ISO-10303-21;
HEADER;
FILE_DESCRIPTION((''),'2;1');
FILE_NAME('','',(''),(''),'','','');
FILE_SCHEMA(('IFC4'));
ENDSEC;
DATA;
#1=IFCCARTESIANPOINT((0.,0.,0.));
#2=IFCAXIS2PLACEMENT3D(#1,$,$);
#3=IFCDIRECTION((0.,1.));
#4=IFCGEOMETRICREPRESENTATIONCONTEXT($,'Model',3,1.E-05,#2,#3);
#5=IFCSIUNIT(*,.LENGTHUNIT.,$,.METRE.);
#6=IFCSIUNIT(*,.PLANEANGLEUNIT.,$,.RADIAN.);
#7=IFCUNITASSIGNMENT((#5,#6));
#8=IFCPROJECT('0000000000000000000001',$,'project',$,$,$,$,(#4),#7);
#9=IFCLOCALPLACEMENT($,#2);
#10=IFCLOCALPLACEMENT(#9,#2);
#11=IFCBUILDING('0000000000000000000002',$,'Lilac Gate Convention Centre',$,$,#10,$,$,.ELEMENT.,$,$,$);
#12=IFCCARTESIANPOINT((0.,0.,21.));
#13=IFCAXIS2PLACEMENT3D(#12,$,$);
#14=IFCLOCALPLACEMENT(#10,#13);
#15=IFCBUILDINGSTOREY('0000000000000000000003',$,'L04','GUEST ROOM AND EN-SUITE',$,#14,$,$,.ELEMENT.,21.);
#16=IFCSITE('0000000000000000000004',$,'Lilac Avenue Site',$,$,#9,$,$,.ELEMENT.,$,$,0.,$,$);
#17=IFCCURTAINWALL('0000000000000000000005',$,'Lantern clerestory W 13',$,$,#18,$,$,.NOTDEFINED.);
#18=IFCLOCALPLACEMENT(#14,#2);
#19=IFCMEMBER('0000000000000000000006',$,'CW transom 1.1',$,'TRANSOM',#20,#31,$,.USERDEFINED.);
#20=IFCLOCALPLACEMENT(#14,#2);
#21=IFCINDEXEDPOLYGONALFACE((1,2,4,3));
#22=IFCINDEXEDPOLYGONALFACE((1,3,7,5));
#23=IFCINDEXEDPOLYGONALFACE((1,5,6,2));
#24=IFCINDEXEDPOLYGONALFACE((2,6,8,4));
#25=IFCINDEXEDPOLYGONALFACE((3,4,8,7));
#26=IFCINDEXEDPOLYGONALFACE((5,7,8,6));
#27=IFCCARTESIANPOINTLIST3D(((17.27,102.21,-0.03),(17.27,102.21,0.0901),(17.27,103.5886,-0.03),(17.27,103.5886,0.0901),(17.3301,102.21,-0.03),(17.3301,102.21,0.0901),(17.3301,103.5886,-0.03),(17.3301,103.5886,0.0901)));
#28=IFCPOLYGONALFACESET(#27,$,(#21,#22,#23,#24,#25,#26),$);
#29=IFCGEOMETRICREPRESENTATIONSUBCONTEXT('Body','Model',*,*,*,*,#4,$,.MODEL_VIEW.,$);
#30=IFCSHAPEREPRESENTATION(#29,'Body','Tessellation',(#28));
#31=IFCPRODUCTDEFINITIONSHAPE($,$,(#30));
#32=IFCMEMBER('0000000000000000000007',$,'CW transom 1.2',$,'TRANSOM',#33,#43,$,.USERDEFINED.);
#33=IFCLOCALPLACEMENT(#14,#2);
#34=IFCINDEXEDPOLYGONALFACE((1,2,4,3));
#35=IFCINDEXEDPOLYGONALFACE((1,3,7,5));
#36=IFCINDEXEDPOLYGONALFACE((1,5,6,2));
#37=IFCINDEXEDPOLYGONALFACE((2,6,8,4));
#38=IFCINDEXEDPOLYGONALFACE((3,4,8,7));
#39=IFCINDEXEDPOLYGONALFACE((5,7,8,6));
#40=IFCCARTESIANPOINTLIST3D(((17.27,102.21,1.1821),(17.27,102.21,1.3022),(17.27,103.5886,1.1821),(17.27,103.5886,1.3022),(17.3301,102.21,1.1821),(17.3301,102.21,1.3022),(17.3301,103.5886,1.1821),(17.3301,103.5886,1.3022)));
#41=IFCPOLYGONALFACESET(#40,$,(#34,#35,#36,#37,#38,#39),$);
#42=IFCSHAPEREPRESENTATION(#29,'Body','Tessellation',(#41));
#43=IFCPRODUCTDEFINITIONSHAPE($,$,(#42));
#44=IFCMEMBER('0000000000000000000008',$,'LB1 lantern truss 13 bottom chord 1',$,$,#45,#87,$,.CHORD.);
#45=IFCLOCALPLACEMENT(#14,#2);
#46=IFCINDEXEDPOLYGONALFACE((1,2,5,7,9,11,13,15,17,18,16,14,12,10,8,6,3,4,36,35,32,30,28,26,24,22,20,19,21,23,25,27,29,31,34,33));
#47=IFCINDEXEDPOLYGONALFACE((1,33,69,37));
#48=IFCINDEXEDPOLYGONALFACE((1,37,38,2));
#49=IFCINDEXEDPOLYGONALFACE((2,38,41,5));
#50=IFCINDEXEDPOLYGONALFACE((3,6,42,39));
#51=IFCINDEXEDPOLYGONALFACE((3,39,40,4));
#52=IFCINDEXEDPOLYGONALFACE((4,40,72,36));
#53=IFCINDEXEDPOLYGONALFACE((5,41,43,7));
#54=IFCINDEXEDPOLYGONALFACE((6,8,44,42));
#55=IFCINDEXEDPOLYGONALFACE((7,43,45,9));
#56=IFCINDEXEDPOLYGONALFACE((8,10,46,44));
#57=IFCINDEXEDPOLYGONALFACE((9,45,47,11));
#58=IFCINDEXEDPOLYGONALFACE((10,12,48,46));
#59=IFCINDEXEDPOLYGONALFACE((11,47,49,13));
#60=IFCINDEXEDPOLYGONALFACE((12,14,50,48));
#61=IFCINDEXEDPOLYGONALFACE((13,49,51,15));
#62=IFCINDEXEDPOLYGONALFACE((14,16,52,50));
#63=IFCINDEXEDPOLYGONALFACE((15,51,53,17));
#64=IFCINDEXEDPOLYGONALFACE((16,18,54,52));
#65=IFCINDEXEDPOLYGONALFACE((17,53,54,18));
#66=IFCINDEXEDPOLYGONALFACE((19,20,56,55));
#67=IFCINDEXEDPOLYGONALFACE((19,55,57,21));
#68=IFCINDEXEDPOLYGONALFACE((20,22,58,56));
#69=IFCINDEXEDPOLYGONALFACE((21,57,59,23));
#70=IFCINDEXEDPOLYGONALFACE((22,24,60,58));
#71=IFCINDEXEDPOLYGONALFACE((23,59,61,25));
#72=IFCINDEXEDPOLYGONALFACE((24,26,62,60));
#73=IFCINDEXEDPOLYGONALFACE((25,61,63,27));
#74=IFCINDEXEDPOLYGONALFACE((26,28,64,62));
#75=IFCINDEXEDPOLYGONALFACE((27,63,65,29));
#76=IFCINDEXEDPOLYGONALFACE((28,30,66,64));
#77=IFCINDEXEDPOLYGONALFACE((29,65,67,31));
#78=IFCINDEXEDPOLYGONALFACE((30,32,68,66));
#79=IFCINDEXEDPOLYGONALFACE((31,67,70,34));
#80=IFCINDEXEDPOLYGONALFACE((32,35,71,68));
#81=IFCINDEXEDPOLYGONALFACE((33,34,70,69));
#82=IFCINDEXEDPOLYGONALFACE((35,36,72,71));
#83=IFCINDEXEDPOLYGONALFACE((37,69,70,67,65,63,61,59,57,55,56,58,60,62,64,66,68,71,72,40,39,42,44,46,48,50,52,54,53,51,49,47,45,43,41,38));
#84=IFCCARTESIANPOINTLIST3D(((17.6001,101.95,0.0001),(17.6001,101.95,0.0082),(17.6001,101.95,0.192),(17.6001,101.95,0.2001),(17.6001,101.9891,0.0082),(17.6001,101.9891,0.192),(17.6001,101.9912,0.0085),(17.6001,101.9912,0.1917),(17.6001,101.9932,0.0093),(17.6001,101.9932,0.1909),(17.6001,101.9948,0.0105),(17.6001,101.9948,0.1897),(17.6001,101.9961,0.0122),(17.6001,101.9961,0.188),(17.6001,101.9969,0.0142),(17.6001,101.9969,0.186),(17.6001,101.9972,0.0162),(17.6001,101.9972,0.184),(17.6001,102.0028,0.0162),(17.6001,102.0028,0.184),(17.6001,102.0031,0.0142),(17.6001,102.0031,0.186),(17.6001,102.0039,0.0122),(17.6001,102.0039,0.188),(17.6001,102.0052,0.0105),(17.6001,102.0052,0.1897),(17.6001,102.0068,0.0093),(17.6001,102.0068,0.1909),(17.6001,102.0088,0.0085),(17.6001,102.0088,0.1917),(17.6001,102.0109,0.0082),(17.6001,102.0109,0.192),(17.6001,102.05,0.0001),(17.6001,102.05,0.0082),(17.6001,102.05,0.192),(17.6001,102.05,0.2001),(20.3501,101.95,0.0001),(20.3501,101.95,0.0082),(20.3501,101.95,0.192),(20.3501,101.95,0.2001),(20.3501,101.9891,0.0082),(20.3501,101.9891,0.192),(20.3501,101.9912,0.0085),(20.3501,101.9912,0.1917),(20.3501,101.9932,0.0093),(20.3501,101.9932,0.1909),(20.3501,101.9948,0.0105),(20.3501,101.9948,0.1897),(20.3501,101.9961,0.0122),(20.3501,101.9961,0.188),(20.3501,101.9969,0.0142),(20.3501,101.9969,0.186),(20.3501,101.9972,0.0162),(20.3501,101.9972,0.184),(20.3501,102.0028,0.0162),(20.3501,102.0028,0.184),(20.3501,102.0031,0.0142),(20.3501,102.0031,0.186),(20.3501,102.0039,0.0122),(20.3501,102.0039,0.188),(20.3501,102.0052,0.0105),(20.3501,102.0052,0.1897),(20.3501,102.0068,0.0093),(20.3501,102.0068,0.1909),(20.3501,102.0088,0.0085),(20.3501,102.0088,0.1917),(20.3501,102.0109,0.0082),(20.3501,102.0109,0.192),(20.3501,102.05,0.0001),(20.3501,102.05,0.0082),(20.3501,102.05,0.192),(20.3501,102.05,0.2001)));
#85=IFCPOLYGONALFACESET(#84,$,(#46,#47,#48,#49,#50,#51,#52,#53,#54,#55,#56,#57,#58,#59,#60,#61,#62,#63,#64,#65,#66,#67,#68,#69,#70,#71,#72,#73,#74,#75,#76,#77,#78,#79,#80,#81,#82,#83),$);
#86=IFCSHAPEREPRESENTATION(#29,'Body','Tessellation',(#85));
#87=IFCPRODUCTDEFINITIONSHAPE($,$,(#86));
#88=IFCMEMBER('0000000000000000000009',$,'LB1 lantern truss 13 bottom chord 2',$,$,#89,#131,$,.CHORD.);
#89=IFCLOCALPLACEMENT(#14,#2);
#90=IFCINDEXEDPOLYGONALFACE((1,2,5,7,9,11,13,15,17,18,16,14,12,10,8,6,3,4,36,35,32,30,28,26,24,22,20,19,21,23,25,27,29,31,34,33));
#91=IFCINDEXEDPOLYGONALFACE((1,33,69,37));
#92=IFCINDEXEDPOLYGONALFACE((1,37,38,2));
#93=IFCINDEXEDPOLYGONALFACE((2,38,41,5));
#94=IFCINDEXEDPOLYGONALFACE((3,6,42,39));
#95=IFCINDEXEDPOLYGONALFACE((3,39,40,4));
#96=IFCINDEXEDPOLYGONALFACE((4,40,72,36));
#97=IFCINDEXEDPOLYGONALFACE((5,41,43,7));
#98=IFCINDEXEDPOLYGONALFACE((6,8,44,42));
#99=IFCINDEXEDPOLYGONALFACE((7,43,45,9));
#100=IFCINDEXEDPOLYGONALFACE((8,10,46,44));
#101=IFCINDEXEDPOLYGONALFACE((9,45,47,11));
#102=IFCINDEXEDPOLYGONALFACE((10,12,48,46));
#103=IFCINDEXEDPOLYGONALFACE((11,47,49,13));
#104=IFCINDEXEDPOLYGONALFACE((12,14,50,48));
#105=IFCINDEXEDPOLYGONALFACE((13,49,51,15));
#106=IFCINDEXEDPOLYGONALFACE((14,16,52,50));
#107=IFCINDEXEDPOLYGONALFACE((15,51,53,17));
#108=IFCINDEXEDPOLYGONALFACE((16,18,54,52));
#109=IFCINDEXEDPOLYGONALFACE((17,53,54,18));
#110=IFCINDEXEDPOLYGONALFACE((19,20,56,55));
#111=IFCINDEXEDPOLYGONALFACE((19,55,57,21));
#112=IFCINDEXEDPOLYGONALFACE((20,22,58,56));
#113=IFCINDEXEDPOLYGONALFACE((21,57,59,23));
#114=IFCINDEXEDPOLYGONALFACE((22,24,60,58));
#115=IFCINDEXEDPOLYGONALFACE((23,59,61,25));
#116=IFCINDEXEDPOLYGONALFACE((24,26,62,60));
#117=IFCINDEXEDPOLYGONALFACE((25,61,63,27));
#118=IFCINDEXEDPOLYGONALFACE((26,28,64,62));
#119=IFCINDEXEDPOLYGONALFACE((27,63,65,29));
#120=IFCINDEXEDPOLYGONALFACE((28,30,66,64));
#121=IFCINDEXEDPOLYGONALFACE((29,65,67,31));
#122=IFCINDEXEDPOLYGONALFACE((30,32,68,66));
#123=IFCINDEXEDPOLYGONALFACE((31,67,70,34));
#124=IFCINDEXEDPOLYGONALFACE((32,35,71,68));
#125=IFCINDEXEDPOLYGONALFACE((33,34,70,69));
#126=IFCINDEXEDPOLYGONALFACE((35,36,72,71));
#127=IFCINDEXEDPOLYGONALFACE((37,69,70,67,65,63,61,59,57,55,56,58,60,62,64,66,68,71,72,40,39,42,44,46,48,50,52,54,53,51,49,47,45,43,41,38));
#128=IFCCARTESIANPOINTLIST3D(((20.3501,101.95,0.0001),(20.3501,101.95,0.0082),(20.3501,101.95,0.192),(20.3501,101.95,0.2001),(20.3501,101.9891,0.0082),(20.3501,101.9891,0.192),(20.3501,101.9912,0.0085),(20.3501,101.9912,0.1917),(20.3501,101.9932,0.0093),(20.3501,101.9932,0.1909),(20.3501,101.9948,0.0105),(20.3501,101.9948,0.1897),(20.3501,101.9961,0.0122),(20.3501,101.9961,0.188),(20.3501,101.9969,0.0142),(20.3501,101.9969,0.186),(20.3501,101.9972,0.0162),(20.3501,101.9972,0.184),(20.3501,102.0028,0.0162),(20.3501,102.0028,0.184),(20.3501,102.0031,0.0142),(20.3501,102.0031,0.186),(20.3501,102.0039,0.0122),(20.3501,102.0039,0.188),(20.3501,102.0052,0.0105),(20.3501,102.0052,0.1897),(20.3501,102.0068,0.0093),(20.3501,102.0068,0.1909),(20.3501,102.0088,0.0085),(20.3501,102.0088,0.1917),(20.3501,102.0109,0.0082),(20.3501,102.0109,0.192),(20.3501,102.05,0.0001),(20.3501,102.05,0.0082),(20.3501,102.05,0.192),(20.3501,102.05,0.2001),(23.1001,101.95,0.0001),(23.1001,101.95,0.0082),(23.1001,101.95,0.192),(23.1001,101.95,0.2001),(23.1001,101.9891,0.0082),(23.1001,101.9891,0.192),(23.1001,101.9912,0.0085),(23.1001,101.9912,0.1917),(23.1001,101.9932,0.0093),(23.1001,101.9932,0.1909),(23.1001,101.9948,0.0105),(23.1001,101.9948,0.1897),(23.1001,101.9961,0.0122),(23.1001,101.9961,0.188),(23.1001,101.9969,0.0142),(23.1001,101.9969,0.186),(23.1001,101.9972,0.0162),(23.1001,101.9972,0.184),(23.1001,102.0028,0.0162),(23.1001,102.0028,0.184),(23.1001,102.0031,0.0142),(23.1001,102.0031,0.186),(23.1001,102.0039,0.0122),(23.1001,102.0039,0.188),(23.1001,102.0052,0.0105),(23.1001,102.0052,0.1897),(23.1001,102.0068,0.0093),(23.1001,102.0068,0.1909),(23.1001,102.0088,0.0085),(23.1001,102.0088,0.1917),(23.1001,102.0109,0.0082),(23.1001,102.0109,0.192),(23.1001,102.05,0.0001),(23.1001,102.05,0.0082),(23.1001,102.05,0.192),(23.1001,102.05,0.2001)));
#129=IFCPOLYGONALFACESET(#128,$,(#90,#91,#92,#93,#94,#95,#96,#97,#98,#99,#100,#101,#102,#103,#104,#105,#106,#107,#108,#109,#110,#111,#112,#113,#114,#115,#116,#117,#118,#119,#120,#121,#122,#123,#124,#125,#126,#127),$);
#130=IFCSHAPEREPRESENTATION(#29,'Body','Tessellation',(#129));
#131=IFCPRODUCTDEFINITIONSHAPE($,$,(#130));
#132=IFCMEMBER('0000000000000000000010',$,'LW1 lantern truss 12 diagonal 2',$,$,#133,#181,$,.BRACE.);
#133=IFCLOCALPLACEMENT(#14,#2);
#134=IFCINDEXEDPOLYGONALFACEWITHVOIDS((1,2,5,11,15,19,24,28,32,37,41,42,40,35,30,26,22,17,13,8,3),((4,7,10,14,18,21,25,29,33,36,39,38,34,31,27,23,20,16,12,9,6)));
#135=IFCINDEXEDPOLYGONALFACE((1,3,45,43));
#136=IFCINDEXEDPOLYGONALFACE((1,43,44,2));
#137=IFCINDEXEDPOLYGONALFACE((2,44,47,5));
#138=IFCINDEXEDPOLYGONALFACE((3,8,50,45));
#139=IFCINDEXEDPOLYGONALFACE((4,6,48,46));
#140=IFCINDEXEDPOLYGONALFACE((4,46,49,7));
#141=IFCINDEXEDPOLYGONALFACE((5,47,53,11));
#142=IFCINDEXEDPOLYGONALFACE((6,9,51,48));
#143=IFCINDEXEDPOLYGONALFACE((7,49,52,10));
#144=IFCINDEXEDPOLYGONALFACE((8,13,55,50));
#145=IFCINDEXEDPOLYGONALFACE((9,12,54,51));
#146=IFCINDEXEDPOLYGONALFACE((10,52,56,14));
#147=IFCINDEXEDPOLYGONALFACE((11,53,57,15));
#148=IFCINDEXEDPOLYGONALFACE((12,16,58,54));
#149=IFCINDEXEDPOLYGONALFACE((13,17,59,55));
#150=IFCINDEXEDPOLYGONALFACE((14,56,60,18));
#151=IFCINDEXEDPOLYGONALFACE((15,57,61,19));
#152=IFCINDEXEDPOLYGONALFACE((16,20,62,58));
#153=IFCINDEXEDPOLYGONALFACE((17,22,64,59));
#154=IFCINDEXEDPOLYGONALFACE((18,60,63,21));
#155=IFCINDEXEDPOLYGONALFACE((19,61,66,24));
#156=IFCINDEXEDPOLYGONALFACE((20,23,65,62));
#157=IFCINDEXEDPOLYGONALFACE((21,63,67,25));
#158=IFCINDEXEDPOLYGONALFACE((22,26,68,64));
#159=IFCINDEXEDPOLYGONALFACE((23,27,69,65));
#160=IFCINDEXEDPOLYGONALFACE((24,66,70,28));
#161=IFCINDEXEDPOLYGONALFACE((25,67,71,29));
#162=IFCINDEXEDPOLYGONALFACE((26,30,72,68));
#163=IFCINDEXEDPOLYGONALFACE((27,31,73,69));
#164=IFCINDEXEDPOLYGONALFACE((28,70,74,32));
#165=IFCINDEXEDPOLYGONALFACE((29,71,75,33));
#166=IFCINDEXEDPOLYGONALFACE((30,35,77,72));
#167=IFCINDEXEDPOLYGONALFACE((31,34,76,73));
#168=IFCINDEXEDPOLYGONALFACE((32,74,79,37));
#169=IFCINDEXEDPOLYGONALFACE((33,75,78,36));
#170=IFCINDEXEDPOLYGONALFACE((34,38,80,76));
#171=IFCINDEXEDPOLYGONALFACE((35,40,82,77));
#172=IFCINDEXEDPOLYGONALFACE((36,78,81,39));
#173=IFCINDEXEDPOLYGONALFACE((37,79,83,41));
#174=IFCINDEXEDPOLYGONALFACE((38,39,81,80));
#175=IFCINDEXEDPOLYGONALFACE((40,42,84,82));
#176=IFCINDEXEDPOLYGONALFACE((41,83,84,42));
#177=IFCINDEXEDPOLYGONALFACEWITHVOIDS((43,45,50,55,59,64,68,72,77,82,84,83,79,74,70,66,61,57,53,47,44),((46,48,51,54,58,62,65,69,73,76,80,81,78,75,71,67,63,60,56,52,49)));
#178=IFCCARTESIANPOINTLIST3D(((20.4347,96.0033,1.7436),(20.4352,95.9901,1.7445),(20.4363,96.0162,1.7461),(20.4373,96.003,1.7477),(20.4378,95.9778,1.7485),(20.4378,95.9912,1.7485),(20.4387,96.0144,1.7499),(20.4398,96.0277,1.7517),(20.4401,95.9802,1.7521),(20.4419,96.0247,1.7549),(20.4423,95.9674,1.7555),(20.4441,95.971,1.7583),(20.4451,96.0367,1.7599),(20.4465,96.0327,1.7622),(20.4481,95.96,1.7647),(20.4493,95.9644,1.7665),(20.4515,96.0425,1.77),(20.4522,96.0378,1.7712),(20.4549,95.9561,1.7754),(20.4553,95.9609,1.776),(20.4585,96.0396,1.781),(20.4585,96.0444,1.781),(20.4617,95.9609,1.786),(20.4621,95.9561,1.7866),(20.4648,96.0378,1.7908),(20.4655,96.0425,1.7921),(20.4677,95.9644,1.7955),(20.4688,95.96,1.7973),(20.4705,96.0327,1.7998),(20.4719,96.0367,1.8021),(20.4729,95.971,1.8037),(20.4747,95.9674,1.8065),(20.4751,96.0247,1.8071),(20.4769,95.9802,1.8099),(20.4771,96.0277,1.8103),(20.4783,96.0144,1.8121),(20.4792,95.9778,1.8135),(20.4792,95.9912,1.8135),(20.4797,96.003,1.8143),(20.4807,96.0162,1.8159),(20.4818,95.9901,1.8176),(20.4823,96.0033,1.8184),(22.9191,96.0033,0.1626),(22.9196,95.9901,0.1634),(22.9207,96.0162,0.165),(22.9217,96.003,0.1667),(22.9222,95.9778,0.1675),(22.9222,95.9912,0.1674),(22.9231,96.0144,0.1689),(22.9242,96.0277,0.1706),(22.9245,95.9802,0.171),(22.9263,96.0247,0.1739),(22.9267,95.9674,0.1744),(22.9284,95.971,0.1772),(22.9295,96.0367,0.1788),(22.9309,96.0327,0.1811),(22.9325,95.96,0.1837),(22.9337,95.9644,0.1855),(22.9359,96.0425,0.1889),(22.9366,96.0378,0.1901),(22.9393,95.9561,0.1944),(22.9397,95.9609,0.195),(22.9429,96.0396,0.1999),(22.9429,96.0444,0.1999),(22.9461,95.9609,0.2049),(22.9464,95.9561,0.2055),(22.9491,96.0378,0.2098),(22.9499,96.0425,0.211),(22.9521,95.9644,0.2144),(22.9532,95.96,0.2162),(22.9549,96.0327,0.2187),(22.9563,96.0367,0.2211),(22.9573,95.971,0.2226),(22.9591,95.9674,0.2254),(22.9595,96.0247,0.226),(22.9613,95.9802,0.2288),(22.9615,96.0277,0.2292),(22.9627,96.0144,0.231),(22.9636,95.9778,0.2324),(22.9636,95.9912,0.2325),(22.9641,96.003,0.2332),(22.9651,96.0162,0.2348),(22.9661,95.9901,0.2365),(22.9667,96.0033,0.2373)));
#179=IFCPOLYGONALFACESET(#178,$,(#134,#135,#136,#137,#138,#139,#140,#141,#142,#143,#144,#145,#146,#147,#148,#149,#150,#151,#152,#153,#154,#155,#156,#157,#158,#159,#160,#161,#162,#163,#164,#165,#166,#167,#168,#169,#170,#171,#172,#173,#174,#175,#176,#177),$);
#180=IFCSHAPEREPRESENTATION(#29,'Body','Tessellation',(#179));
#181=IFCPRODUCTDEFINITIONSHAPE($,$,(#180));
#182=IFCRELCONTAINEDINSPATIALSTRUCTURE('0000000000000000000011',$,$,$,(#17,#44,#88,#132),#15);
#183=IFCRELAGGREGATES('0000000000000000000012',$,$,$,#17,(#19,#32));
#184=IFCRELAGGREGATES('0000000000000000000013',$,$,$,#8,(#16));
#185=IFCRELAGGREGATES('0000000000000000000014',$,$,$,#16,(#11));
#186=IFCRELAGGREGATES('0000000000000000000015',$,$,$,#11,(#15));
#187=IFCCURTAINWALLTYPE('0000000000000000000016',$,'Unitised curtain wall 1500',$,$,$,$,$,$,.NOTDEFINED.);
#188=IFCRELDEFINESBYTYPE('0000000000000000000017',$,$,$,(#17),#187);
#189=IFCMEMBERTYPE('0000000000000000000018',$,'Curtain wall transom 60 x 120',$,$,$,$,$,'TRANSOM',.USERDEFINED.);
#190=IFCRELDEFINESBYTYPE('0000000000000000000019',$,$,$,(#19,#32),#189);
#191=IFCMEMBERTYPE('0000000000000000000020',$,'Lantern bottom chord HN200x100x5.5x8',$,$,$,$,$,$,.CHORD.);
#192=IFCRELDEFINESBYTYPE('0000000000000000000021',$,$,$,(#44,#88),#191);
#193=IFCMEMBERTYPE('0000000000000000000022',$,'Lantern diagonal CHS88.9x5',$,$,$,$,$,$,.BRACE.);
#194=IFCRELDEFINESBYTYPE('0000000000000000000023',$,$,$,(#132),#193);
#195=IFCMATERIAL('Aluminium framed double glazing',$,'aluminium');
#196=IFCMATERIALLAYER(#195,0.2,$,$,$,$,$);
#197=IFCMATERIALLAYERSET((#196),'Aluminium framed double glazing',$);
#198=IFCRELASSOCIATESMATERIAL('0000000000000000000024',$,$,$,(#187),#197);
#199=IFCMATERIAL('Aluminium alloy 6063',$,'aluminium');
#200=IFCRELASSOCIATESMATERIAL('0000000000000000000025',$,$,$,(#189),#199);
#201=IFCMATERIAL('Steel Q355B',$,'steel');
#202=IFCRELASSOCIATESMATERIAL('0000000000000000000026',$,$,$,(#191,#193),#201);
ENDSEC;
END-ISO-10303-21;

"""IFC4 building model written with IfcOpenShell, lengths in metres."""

from ifc_helpers import new_model, si_unit, direction, frame, origin, origin_2d, place, context, subcontext, project, spatial, rectangle, hollow_circle, i_section, extrude, material, layer, layer_set, material_profile, profile_set, type_object, element, aggregate, save


model = new_model("IFC4")

# Units and contexts
model_context = context("Model", 3, precision=1e-05, world=origin(), true_north=direction((0.0, 1.0)))
body_context = subcontext(model_context, "Body", "Model", "MODEL_VIEW")
ifc_project = project(units=[si_unit("LENGTHUNIT", "METRE"), si_unit("PLANEANGLEUNIT", "RADIAN")], contexts=[model_context])

# Site, building, storey
site_placement = place(None, origin())
site = spatial("IfcSite", under=ifc_project, at=site_placement, Name="Lilac Avenue Site", CompositionType="ELEMENT", RefElevation=0.0)
building_placement = place(site_placement, origin())
building = spatial("IfcBuilding", under=site, at=building_placement, Name="Lilac Gate Convention Centre", CompositionType="ELEMENT")
storey_placement = place(building_placement, frame((0.0, 0.0, 21.0)))
storey = spatial("IfcBuildingStorey", under=building, at=storey_placement, Name="L04", Description="GUEST ROOM AND EN-SUITE", CompositionType="ELEMENT", Elevation=21.0)

# Shared definitions
ifc_material_1 = material(Name="Aluminium framed double glazing", Category="aluminium")
ifc_layer_1 = layer(ifc_material_1, 0.2)
ifc_layer_set_1 = layer_set([ifc_layer_1], Name="Aluminium framed double glazing")
curtain_wall_type = type_object("IfcCurtainWallType", Name="Unitised curtain wall 1500", PredefinedType="NOTDEFINED", material=ifc_layer_set_1)
ifc_material_2 = material(Name="Aluminium alloy 6063", Category="aluminium")

# Curtain wall
curtain_wall_1_placement = place(storey_placement, origin())
curtain_wall_1 = element("IfcCurtainWall", 1, at=curtain_wall_1_placement, inside=storey, type_object=curtain_wall_type, Name="Lantern clerestory W 13", PredefinedType="NOTDEFINED")

# Members
ifc_material_profile_1 = material_profile(ifc_material_2, rectangle(XDim=0.0601, YDim=0.1201, at=origin_2d()), Name="Curtain wall transom 60 x 120")
ifc_profile_set_1 = profile_set([ifc_material_profile_1], Name="Aluminium alloy 6063")
member_type_1 = type_object("IfcMemberType", Name="Curtain wall transom 60 x 120", ElementType="TRANSOM", PredefinedType="USERDEFINED", material=ifc_profile_set_1)
member_1_placement = place(storey_placement, frame((17.3, 102.21, 0.03), z_axis=(0.0, 1.0, 0.0), x_axis=(-1.0, 0.0, 0.0)))
member_1 = element("IfcMember", 2, at=member_1_placement, type_object=member_type_1, Name="CW transom 1.1", ObjectType="TRANSOM", PredefinedType="USERDEFINED", context=body_context, shape_type="SweptSolid", body=[
    extrude(rectangle(XDim=0.0601, YDim=0.1201, at=origin_2d()), origin(), (0.0, 0.0, 1.0), 1.3787),
])
member_2_placement = place(storey_placement, frame((17.3, 102.21, 1.2422), z_axis=(0.0, 1.0, 0.0), x_axis=(-1.0, 0.0, 0.0)))
member_2 = element("IfcMember", 3, at=member_2_placement, type_object=member_type_1, Name="CW transom 1.2", ObjectType="TRANSOM", PredefinedType="USERDEFINED", context=body_context, shape_type="SweptSolid", body=[
    extrude(rectangle(XDim=0.0601, YDim=0.1201, at=origin_2d()), origin(), (0.0, 0.0, 1.0), 1.3787),
])
aggregate(curtain_wall_1, [member_1, member_2])

# Members
ifc_material_3 = material(Name="Steel Q355B", Category="steel")
ifc_material_profile_2 = material_profile(ifc_material_3, i_section(OverallWidth=0.1001, OverallDepth=0.2, WebThickness=0.0056, FlangeThickness=0.0081, FilletRadius=0.0081, at=origin_2d()), Name="HN200x100x5.5x8")
ifc_profile_set_2 = profile_set([ifc_material_profile_2], Name="Steel Q355B")
member_type_2 = type_object("IfcMemberType", Name="Lantern bottom chord HN200x100x5.5x8", PredefinedType="CHORD", material=ifc_profile_set_2)
for number, where, z_axis, x_axis, name in (
    (4, (17.6001, 102.0, 0.1001), (1.0, 0.0, 0.0), (0.0, 1.0, 0.0), "LB1 lantern truss 13 bottom chord 1"),
    (5, (20.3501, 102.0, 0.1001), (1.0, 0.0, 0.0), (0.0, 1.0, 0.0), "LB1 lantern truss 13 bottom chord 2"),
):
    element("IfcMember", number, at=place(storey_placement, frame(where, z_axis=z_axis, x_axis=x_axis)), inside=storey, type_object=member_type_2, Name=name, PredefinedType="CHORD", context=body_context, shape_type="SweptSolid", body=[
        extrude(i_section(OverallWidth=0.1001, OverallDepth=0.2, WebThickness=0.0056, FlangeThickness=0.0081, FilletRadius=0.0081, at=origin_2d()), origin(), (0.0, 0.0, 1.0), 2.75),
    ])
ifc_material_profile_3 = material_profile(ifc_material_3, hollow_circle(Radius=0.0444, WallThickness=0.0049, at=origin_2d()), Name="CHS88.9x5")
ifc_profile_set_3 = profile_set([ifc_material_profile_3], Name="Steel Q355B")
member_type_3 = type_object("IfcMemberType", Name="Lantern diagonal CHS88.9x5", PredefinedType="BRACE", material=ifc_profile_set_3)
member_3_placement = place(storey_placement, frame((20.4585, 96.0, 1.781), z_axis=(0.843648, 0.0, -0.536897), x_axis=(0.0, 1.0, 0.0)))
element("IfcMember", 6, at=member_3_placement, inside=storey, type_object=member_type_3, Name="LW1 lantern truss 12 diagonal 2", PredefinedType="BRACE", context=body_context, shape_type="SweptSolid", body=[
    extrude(hollow_circle(Radius=0.0444, WallThickness=0.0049, at=origin_2d()), origin(), (0.0, 0.0, 1.0), 2.9448),
])

save(model, "model.ifc")
